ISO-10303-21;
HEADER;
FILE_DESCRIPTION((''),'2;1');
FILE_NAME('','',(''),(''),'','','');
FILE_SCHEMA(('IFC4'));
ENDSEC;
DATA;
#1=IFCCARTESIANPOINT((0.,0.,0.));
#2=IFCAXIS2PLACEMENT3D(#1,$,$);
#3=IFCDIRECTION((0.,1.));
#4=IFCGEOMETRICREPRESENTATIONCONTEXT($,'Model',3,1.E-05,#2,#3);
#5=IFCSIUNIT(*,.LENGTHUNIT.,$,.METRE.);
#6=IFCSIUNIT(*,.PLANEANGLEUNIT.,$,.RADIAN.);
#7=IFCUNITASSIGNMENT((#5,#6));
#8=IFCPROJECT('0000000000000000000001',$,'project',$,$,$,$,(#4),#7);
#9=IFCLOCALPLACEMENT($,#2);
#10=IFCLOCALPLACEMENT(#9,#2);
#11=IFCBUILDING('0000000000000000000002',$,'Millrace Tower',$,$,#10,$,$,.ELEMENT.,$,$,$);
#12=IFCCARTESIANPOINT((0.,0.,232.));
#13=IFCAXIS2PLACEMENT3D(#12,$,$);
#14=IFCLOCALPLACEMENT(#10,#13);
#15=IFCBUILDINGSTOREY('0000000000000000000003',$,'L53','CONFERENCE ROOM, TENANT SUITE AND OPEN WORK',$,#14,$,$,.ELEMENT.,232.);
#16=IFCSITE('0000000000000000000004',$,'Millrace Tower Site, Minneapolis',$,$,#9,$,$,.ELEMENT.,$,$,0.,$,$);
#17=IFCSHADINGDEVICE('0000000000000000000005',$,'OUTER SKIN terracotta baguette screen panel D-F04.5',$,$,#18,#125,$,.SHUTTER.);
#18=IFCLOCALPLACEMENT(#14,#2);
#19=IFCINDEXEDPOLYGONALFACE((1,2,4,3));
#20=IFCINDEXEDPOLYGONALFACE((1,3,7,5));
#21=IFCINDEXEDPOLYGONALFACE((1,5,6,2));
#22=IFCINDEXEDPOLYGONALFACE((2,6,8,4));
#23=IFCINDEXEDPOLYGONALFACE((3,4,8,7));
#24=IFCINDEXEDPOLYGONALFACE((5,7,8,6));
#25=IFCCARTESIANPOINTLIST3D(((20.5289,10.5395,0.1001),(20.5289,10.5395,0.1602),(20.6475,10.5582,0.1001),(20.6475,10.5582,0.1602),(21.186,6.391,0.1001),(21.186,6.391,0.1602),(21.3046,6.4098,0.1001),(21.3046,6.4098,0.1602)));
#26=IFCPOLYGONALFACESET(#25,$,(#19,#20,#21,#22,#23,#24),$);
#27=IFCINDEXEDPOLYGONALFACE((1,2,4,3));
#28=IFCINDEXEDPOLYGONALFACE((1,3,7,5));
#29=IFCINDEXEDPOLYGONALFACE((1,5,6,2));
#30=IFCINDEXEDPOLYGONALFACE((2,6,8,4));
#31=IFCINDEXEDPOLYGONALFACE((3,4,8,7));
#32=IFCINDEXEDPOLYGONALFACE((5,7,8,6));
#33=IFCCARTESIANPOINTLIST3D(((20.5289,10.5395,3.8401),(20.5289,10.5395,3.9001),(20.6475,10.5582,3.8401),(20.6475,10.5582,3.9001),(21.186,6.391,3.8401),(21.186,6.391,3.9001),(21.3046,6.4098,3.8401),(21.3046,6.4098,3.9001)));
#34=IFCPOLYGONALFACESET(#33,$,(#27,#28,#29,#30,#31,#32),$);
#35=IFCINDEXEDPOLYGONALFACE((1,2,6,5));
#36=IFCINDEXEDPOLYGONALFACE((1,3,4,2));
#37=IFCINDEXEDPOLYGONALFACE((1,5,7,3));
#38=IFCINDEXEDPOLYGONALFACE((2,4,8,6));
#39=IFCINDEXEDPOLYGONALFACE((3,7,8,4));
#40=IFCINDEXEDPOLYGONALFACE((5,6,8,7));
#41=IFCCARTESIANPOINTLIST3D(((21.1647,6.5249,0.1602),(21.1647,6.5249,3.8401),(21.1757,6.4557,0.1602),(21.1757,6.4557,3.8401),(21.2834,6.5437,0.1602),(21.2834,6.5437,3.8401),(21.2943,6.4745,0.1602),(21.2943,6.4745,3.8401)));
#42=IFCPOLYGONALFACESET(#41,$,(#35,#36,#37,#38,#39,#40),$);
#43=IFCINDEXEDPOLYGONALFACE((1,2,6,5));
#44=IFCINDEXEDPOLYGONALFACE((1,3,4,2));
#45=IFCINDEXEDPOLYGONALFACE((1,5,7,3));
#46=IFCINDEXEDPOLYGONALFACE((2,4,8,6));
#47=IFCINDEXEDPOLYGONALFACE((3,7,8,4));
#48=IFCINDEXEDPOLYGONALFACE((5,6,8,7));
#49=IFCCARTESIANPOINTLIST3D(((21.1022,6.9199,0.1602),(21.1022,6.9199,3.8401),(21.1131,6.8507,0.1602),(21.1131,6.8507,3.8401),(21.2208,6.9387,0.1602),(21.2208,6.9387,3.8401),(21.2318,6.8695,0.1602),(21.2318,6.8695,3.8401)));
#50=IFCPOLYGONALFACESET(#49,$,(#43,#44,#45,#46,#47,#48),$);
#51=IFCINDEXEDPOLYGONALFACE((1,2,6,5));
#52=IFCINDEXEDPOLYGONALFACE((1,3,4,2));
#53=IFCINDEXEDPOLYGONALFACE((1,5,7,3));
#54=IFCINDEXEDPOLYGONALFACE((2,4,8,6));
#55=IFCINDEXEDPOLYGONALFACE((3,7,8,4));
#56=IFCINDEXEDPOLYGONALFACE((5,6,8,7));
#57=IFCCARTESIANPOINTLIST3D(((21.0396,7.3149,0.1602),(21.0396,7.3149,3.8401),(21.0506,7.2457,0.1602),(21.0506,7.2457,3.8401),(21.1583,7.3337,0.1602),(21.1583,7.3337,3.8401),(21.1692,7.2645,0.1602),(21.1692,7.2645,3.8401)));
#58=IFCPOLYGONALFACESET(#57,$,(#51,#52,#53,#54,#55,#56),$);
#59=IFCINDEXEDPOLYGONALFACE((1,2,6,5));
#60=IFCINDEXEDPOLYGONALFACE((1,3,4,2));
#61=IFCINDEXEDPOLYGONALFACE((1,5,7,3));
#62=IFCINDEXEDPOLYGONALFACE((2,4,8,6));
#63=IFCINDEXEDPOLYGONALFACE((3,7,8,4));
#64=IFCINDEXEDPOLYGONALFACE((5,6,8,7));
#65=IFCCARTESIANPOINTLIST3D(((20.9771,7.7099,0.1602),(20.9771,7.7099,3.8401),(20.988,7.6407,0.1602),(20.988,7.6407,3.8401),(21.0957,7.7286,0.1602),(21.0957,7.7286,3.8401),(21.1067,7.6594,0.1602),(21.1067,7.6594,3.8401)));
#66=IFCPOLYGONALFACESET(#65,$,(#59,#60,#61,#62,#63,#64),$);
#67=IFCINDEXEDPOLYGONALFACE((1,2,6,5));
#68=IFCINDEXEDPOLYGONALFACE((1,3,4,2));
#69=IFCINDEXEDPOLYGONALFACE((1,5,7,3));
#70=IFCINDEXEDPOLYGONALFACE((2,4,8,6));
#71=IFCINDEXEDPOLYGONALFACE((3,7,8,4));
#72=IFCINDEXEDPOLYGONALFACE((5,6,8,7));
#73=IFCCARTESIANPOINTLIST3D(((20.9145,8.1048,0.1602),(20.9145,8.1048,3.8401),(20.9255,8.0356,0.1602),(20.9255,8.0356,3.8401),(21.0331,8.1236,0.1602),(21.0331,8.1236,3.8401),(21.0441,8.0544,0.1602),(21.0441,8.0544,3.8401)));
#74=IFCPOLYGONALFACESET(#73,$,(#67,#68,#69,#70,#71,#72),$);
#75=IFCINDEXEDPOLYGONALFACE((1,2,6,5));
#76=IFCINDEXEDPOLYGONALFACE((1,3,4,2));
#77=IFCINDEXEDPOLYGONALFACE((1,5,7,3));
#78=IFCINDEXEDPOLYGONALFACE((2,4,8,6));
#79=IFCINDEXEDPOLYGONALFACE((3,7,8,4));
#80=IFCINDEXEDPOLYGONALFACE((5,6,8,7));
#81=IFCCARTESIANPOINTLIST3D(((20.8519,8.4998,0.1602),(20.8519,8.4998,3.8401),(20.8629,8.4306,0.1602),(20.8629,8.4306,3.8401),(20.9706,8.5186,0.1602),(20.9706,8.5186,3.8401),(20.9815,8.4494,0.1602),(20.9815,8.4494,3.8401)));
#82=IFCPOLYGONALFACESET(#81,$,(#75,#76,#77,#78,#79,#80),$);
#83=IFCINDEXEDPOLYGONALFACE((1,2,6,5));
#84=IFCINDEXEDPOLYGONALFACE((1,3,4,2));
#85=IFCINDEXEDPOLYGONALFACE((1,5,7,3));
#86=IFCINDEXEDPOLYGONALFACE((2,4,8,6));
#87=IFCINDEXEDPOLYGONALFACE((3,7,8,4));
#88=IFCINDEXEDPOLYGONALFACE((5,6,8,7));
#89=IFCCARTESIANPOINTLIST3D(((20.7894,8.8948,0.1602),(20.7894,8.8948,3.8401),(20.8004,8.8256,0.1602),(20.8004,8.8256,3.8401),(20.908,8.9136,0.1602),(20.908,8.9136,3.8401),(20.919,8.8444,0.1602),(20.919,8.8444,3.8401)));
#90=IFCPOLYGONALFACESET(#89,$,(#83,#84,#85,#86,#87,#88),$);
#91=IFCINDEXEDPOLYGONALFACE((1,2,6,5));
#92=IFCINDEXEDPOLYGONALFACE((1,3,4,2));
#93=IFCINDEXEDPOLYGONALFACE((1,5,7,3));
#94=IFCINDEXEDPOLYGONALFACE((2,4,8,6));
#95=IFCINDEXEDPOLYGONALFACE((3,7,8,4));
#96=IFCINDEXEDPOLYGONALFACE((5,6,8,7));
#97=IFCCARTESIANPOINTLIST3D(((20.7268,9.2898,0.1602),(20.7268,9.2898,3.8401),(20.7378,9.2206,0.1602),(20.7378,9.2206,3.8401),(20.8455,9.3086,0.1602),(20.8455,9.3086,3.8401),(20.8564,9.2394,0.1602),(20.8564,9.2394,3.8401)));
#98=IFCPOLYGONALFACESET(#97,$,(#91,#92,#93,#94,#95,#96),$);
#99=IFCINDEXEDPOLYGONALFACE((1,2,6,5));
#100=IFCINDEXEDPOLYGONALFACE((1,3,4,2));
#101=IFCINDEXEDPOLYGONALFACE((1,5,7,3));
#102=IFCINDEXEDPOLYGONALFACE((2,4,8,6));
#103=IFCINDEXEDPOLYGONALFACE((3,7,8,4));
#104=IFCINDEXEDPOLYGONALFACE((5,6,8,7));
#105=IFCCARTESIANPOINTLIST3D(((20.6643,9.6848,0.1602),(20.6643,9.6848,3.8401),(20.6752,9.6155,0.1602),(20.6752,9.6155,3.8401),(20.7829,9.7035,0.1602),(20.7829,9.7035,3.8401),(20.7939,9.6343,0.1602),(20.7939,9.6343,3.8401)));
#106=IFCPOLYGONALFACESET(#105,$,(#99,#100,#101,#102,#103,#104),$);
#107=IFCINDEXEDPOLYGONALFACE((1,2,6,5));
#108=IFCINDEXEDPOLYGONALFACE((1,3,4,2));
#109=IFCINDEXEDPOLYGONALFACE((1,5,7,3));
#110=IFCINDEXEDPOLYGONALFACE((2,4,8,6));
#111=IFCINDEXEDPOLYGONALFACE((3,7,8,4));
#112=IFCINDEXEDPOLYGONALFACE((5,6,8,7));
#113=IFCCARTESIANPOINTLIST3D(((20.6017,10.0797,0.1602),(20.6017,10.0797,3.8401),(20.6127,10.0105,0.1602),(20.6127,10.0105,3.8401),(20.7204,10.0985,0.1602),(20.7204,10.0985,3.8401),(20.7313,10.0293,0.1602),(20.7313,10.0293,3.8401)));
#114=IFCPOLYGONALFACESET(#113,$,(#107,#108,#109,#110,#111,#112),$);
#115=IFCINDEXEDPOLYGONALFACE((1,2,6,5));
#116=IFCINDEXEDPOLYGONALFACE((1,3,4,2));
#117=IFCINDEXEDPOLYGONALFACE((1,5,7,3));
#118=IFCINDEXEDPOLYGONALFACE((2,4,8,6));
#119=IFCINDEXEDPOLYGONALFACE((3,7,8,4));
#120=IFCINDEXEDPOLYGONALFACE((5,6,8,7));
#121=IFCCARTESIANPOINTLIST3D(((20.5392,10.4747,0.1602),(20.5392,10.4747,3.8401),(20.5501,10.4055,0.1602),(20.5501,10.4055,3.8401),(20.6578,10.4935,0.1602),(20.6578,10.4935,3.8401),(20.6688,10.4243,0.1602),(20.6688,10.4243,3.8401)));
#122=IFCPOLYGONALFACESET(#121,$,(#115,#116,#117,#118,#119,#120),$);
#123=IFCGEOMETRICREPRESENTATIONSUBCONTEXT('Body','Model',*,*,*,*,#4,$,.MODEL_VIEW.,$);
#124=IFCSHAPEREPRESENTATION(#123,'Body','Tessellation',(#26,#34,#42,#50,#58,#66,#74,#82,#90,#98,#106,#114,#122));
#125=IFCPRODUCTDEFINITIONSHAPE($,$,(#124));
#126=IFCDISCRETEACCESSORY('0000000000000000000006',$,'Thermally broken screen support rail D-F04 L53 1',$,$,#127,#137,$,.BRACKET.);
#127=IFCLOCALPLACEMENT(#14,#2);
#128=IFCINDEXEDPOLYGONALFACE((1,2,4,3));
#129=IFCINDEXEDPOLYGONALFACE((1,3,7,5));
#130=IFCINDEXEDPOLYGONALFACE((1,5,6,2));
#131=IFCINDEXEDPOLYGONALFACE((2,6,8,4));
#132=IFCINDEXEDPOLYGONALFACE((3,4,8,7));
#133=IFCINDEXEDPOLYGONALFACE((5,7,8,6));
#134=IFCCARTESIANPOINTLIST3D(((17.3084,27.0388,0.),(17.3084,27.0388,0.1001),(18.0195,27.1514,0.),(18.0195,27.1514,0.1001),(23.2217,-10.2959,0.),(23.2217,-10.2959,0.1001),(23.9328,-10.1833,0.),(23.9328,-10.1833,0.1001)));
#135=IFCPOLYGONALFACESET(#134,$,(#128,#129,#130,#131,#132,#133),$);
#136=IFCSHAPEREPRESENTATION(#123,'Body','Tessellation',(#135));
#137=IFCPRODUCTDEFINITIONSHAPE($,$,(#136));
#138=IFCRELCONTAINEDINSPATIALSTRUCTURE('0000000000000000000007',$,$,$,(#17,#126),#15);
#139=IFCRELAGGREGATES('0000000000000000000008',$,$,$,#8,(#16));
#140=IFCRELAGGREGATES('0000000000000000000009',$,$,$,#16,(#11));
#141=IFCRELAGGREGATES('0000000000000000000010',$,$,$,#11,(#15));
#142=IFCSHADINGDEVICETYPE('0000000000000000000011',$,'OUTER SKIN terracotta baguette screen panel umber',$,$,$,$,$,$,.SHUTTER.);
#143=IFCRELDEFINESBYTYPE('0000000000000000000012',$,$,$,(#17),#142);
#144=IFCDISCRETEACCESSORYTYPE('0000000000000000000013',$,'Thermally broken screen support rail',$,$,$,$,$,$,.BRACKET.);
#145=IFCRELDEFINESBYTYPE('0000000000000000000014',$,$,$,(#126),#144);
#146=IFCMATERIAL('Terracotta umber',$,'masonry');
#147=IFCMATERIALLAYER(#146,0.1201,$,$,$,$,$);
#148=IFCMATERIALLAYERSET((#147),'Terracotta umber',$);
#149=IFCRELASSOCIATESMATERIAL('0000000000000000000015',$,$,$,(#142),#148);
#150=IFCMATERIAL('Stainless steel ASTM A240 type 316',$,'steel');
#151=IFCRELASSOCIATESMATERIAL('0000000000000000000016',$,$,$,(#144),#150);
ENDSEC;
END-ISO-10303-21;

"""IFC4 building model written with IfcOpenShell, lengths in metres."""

from ifc_helpers import new_model, entity, si_unit, direction, frame, frame_2d, origin, origin_2d, place, context, subcontext, project, spatial, rectangle, extrude, source, transform, mapped, material, layer, layer_set, type_object, element, save


model = new_model("IFC4")

# Units and contexts
model_context = context("Model", 3, precision=1e-05, world=origin(), true_north=direction((0.0, 1.0)))
body_context = subcontext(model_context, "Body", "Model", "MODEL_VIEW")
ifc_project = project(units=[si_unit("LENGTHUNIT", "METRE"), si_unit("PLANEANGLEUNIT", "RADIAN")], contexts=[model_context])

# Site, building, storey
site_placement = place(None, origin())
site = spatial("IfcSite", under=ifc_project, at=site_placement, Name="Millrace Tower Site, Minneapolis", CompositionType="ELEMENT", RefElevation=0.0)
building_placement = place(site_placement, origin())
building = spatial("IfcBuilding", under=site, at=building_placement, Name="Millrace Tower", CompositionType="ELEMENT")
storey_placement = place(building_placement, frame((0.0, 0.0, 232.0)))
storey = spatial("IfcBuildingStorey", under=building, at=storey_placement, Name="L53", Description="CONFERENCE ROOM, TENANT SUITE AND OPEN WORK", CompositionType="ELEMENT", Elevation=232.0)

# Shading device
ifc_material_1 = material(Name="Terracotta umber", Category="masonry")
ifc_layer_1 = layer(ifc_material_1, 0.1201)
ifc_layer_set_1 = layer_set([ifc_layer_1], Name="Terracotta umber")
shading_device_type = type_object("IfcShadingDeviceType", Name="OUTER SKIN terracotta baguette screen panel umber", PredefinedType="SHUTTER", material=ifc_layer_set_1)
cartesian_point = entity("IfcCartesianPoint", [-2.1001, 0.0601])
shared_polyline = entity("IfcPolyline", [cartesian_point, entity("IfcCartesianPoint", [2.1001, 0.0601]), entity("IfcCartesianPoint", [2.1001, -0.0601]), entity("IfcCartesianPoint", [-2.1001, -0.0601]), cartesian_point])
shared_shape = source(origin(), body_context, "Body", "SweptSolid", [
    entity("IfcExtrudedAreaSolid", entity("IfcArbitraryClosedProfileDef", "AREA", None, shared_polyline), entity("IfcAxis2Placement3D", entity("IfcCartesianPoint", [0.0, 0.0, 0.0])), entity("IfcDirection", [0.0, 0.0, 1.0]), 0.0601),
    entity("IfcExtrudedAreaSolid", entity("IfcArbitraryClosedProfileDef", "AREA", None, shared_polyline), entity("IfcAxis2Placement3D", entity("IfcCartesianPoint", [0.0, 0.0, 3.74])), entity("IfcDirection", [0.0, 0.0, 1.0]), 0.0601),
    extrude(rectangle(XDim=0.0701, YDim=0.1201, at=frame_2d((-1.9995, 0.0))), frame((0.0, 0.0, 0.0601)), (0.0, 0.0, 1.0), 3.6799),
    extrude(rectangle(XDim=0.0701, YDim=0.1201, at=frame_2d((-1.5996, 0.0))), frame((0.0, 0.0, 0.0601)), (0.0, 0.0, 1.0), 3.6799),
    extrude(rectangle(XDim=0.0701, YDim=0.1201, at=frame_2d((-1.1997, 0.0))), frame((0.0, 0.0, 0.0601)), (0.0, 0.0, 1.0), 3.6799),
    extrude(rectangle(XDim=0.0701, YDim=0.1201, at=frame_2d((-0.7998, 0.0))), frame((0.0, 0.0, 0.0601)), (0.0, 0.0, 1.0), 3.6799),
    extrude(rectangle(XDim=0.0701, YDim=0.1201, at=frame_2d((-0.3999, 0.0))), frame((0.0, 0.0, 0.0601)), (0.0, 0.0, 1.0), 3.6799),
    extrude(rectangle(XDim=0.0701, YDim=0.1201, at=origin_2d()), frame((0.0, 0.0, 0.0601)), (0.0, 0.0, 1.0), 3.6799),
    extrude(rectangle(XDim=0.0701, YDim=0.1201, at=frame_2d((0.3999, 0.0))), frame((0.0, 0.0, 0.0601)), (0.0, 0.0, 1.0), 3.6799),
    extrude(rectangle(XDim=0.0701, YDim=0.1201, at=frame_2d((0.7998, 0.0))), frame((0.0, 0.0, 0.0601)), (0.0, 0.0, 1.0), 3.6799),
    extrude(rectangle(XDim=0.0701, YDim=0.1201, at=frame_2d((1.1997, 0.0))), frame((0.0, 0.0, 0.0601)), (0.0, 0.0, 1.0), 3.6799),
    extrude(rectangle(XDim=0.0701, YDim=0.1201, at=frame_2d((1.5996, 0.0))), frame((0.0, 0.0, 0.0601)), (0.0, 0.0, 1.0), 3.6799),
    extrude(rectangle(XDim=0.0701, YDim=0.1201, at=frame_2d((1.9995, 0.0))), frame((0.0, 0.0, 0.0601)), (0.0, 0.0, 1.0), 3.6799),
])
for number, where, z_axis, x_axis, name in (
    (1, (20.9167, 8.4746, 0.1001), (0.0, 0.0, 1.0), (-0.156434, 0.987688, 0.0), "OUTER SKIN terracotta baguette screen panel D-F04.5"),
):
    element("IfcShadingDevice", number, at=place(storey_placement, frame(where, z_axis=z_axis, x_axis=x_axis)), inside=storey, type_object=shading_device_type, Name=name, PredefinedType="SHUTTER", context=body_context, shape_type="MappedRepresentation", body=[
        mapped(shared_shape, transform((0.0, 0.0, 0.0), scale=1.0)),
    ])

# Discrete accessory
ifc_material_2 = material(Name="Stainless steel ASTM A240 type 316", Category="steel")
discrete_accessory_type = type_object("IfcDiscreteAccessoryType", Name="Thermally broken screen support rail", PredefinedType="BRACKET", material=ifc_material_2)
discrete_accessory_placement = place(storey_placement, frame((20.6206, 8.4277, 0.0), z_axis=(0.0, 0.0, 1.0), x_axis=(-0.156434, 0.987688, 0.0)))
element("IfcDiscreteAccessory", 2, at=discrete_accessory_placement, inside=storey, type_object=discrete_accessory_type, Name="Thermally broken screen support rail D-F04 L53 1", PredefinedType="BRACKET", context=body_context, shape_type="SweptSolid", body=[
    extrude(rectangle(XDim=37.8, YDim=0.72, at=origin_2d()), origin(), (0.0, 0.0, 1.0), 0.1001),
])

save(model, "model.ifc")
